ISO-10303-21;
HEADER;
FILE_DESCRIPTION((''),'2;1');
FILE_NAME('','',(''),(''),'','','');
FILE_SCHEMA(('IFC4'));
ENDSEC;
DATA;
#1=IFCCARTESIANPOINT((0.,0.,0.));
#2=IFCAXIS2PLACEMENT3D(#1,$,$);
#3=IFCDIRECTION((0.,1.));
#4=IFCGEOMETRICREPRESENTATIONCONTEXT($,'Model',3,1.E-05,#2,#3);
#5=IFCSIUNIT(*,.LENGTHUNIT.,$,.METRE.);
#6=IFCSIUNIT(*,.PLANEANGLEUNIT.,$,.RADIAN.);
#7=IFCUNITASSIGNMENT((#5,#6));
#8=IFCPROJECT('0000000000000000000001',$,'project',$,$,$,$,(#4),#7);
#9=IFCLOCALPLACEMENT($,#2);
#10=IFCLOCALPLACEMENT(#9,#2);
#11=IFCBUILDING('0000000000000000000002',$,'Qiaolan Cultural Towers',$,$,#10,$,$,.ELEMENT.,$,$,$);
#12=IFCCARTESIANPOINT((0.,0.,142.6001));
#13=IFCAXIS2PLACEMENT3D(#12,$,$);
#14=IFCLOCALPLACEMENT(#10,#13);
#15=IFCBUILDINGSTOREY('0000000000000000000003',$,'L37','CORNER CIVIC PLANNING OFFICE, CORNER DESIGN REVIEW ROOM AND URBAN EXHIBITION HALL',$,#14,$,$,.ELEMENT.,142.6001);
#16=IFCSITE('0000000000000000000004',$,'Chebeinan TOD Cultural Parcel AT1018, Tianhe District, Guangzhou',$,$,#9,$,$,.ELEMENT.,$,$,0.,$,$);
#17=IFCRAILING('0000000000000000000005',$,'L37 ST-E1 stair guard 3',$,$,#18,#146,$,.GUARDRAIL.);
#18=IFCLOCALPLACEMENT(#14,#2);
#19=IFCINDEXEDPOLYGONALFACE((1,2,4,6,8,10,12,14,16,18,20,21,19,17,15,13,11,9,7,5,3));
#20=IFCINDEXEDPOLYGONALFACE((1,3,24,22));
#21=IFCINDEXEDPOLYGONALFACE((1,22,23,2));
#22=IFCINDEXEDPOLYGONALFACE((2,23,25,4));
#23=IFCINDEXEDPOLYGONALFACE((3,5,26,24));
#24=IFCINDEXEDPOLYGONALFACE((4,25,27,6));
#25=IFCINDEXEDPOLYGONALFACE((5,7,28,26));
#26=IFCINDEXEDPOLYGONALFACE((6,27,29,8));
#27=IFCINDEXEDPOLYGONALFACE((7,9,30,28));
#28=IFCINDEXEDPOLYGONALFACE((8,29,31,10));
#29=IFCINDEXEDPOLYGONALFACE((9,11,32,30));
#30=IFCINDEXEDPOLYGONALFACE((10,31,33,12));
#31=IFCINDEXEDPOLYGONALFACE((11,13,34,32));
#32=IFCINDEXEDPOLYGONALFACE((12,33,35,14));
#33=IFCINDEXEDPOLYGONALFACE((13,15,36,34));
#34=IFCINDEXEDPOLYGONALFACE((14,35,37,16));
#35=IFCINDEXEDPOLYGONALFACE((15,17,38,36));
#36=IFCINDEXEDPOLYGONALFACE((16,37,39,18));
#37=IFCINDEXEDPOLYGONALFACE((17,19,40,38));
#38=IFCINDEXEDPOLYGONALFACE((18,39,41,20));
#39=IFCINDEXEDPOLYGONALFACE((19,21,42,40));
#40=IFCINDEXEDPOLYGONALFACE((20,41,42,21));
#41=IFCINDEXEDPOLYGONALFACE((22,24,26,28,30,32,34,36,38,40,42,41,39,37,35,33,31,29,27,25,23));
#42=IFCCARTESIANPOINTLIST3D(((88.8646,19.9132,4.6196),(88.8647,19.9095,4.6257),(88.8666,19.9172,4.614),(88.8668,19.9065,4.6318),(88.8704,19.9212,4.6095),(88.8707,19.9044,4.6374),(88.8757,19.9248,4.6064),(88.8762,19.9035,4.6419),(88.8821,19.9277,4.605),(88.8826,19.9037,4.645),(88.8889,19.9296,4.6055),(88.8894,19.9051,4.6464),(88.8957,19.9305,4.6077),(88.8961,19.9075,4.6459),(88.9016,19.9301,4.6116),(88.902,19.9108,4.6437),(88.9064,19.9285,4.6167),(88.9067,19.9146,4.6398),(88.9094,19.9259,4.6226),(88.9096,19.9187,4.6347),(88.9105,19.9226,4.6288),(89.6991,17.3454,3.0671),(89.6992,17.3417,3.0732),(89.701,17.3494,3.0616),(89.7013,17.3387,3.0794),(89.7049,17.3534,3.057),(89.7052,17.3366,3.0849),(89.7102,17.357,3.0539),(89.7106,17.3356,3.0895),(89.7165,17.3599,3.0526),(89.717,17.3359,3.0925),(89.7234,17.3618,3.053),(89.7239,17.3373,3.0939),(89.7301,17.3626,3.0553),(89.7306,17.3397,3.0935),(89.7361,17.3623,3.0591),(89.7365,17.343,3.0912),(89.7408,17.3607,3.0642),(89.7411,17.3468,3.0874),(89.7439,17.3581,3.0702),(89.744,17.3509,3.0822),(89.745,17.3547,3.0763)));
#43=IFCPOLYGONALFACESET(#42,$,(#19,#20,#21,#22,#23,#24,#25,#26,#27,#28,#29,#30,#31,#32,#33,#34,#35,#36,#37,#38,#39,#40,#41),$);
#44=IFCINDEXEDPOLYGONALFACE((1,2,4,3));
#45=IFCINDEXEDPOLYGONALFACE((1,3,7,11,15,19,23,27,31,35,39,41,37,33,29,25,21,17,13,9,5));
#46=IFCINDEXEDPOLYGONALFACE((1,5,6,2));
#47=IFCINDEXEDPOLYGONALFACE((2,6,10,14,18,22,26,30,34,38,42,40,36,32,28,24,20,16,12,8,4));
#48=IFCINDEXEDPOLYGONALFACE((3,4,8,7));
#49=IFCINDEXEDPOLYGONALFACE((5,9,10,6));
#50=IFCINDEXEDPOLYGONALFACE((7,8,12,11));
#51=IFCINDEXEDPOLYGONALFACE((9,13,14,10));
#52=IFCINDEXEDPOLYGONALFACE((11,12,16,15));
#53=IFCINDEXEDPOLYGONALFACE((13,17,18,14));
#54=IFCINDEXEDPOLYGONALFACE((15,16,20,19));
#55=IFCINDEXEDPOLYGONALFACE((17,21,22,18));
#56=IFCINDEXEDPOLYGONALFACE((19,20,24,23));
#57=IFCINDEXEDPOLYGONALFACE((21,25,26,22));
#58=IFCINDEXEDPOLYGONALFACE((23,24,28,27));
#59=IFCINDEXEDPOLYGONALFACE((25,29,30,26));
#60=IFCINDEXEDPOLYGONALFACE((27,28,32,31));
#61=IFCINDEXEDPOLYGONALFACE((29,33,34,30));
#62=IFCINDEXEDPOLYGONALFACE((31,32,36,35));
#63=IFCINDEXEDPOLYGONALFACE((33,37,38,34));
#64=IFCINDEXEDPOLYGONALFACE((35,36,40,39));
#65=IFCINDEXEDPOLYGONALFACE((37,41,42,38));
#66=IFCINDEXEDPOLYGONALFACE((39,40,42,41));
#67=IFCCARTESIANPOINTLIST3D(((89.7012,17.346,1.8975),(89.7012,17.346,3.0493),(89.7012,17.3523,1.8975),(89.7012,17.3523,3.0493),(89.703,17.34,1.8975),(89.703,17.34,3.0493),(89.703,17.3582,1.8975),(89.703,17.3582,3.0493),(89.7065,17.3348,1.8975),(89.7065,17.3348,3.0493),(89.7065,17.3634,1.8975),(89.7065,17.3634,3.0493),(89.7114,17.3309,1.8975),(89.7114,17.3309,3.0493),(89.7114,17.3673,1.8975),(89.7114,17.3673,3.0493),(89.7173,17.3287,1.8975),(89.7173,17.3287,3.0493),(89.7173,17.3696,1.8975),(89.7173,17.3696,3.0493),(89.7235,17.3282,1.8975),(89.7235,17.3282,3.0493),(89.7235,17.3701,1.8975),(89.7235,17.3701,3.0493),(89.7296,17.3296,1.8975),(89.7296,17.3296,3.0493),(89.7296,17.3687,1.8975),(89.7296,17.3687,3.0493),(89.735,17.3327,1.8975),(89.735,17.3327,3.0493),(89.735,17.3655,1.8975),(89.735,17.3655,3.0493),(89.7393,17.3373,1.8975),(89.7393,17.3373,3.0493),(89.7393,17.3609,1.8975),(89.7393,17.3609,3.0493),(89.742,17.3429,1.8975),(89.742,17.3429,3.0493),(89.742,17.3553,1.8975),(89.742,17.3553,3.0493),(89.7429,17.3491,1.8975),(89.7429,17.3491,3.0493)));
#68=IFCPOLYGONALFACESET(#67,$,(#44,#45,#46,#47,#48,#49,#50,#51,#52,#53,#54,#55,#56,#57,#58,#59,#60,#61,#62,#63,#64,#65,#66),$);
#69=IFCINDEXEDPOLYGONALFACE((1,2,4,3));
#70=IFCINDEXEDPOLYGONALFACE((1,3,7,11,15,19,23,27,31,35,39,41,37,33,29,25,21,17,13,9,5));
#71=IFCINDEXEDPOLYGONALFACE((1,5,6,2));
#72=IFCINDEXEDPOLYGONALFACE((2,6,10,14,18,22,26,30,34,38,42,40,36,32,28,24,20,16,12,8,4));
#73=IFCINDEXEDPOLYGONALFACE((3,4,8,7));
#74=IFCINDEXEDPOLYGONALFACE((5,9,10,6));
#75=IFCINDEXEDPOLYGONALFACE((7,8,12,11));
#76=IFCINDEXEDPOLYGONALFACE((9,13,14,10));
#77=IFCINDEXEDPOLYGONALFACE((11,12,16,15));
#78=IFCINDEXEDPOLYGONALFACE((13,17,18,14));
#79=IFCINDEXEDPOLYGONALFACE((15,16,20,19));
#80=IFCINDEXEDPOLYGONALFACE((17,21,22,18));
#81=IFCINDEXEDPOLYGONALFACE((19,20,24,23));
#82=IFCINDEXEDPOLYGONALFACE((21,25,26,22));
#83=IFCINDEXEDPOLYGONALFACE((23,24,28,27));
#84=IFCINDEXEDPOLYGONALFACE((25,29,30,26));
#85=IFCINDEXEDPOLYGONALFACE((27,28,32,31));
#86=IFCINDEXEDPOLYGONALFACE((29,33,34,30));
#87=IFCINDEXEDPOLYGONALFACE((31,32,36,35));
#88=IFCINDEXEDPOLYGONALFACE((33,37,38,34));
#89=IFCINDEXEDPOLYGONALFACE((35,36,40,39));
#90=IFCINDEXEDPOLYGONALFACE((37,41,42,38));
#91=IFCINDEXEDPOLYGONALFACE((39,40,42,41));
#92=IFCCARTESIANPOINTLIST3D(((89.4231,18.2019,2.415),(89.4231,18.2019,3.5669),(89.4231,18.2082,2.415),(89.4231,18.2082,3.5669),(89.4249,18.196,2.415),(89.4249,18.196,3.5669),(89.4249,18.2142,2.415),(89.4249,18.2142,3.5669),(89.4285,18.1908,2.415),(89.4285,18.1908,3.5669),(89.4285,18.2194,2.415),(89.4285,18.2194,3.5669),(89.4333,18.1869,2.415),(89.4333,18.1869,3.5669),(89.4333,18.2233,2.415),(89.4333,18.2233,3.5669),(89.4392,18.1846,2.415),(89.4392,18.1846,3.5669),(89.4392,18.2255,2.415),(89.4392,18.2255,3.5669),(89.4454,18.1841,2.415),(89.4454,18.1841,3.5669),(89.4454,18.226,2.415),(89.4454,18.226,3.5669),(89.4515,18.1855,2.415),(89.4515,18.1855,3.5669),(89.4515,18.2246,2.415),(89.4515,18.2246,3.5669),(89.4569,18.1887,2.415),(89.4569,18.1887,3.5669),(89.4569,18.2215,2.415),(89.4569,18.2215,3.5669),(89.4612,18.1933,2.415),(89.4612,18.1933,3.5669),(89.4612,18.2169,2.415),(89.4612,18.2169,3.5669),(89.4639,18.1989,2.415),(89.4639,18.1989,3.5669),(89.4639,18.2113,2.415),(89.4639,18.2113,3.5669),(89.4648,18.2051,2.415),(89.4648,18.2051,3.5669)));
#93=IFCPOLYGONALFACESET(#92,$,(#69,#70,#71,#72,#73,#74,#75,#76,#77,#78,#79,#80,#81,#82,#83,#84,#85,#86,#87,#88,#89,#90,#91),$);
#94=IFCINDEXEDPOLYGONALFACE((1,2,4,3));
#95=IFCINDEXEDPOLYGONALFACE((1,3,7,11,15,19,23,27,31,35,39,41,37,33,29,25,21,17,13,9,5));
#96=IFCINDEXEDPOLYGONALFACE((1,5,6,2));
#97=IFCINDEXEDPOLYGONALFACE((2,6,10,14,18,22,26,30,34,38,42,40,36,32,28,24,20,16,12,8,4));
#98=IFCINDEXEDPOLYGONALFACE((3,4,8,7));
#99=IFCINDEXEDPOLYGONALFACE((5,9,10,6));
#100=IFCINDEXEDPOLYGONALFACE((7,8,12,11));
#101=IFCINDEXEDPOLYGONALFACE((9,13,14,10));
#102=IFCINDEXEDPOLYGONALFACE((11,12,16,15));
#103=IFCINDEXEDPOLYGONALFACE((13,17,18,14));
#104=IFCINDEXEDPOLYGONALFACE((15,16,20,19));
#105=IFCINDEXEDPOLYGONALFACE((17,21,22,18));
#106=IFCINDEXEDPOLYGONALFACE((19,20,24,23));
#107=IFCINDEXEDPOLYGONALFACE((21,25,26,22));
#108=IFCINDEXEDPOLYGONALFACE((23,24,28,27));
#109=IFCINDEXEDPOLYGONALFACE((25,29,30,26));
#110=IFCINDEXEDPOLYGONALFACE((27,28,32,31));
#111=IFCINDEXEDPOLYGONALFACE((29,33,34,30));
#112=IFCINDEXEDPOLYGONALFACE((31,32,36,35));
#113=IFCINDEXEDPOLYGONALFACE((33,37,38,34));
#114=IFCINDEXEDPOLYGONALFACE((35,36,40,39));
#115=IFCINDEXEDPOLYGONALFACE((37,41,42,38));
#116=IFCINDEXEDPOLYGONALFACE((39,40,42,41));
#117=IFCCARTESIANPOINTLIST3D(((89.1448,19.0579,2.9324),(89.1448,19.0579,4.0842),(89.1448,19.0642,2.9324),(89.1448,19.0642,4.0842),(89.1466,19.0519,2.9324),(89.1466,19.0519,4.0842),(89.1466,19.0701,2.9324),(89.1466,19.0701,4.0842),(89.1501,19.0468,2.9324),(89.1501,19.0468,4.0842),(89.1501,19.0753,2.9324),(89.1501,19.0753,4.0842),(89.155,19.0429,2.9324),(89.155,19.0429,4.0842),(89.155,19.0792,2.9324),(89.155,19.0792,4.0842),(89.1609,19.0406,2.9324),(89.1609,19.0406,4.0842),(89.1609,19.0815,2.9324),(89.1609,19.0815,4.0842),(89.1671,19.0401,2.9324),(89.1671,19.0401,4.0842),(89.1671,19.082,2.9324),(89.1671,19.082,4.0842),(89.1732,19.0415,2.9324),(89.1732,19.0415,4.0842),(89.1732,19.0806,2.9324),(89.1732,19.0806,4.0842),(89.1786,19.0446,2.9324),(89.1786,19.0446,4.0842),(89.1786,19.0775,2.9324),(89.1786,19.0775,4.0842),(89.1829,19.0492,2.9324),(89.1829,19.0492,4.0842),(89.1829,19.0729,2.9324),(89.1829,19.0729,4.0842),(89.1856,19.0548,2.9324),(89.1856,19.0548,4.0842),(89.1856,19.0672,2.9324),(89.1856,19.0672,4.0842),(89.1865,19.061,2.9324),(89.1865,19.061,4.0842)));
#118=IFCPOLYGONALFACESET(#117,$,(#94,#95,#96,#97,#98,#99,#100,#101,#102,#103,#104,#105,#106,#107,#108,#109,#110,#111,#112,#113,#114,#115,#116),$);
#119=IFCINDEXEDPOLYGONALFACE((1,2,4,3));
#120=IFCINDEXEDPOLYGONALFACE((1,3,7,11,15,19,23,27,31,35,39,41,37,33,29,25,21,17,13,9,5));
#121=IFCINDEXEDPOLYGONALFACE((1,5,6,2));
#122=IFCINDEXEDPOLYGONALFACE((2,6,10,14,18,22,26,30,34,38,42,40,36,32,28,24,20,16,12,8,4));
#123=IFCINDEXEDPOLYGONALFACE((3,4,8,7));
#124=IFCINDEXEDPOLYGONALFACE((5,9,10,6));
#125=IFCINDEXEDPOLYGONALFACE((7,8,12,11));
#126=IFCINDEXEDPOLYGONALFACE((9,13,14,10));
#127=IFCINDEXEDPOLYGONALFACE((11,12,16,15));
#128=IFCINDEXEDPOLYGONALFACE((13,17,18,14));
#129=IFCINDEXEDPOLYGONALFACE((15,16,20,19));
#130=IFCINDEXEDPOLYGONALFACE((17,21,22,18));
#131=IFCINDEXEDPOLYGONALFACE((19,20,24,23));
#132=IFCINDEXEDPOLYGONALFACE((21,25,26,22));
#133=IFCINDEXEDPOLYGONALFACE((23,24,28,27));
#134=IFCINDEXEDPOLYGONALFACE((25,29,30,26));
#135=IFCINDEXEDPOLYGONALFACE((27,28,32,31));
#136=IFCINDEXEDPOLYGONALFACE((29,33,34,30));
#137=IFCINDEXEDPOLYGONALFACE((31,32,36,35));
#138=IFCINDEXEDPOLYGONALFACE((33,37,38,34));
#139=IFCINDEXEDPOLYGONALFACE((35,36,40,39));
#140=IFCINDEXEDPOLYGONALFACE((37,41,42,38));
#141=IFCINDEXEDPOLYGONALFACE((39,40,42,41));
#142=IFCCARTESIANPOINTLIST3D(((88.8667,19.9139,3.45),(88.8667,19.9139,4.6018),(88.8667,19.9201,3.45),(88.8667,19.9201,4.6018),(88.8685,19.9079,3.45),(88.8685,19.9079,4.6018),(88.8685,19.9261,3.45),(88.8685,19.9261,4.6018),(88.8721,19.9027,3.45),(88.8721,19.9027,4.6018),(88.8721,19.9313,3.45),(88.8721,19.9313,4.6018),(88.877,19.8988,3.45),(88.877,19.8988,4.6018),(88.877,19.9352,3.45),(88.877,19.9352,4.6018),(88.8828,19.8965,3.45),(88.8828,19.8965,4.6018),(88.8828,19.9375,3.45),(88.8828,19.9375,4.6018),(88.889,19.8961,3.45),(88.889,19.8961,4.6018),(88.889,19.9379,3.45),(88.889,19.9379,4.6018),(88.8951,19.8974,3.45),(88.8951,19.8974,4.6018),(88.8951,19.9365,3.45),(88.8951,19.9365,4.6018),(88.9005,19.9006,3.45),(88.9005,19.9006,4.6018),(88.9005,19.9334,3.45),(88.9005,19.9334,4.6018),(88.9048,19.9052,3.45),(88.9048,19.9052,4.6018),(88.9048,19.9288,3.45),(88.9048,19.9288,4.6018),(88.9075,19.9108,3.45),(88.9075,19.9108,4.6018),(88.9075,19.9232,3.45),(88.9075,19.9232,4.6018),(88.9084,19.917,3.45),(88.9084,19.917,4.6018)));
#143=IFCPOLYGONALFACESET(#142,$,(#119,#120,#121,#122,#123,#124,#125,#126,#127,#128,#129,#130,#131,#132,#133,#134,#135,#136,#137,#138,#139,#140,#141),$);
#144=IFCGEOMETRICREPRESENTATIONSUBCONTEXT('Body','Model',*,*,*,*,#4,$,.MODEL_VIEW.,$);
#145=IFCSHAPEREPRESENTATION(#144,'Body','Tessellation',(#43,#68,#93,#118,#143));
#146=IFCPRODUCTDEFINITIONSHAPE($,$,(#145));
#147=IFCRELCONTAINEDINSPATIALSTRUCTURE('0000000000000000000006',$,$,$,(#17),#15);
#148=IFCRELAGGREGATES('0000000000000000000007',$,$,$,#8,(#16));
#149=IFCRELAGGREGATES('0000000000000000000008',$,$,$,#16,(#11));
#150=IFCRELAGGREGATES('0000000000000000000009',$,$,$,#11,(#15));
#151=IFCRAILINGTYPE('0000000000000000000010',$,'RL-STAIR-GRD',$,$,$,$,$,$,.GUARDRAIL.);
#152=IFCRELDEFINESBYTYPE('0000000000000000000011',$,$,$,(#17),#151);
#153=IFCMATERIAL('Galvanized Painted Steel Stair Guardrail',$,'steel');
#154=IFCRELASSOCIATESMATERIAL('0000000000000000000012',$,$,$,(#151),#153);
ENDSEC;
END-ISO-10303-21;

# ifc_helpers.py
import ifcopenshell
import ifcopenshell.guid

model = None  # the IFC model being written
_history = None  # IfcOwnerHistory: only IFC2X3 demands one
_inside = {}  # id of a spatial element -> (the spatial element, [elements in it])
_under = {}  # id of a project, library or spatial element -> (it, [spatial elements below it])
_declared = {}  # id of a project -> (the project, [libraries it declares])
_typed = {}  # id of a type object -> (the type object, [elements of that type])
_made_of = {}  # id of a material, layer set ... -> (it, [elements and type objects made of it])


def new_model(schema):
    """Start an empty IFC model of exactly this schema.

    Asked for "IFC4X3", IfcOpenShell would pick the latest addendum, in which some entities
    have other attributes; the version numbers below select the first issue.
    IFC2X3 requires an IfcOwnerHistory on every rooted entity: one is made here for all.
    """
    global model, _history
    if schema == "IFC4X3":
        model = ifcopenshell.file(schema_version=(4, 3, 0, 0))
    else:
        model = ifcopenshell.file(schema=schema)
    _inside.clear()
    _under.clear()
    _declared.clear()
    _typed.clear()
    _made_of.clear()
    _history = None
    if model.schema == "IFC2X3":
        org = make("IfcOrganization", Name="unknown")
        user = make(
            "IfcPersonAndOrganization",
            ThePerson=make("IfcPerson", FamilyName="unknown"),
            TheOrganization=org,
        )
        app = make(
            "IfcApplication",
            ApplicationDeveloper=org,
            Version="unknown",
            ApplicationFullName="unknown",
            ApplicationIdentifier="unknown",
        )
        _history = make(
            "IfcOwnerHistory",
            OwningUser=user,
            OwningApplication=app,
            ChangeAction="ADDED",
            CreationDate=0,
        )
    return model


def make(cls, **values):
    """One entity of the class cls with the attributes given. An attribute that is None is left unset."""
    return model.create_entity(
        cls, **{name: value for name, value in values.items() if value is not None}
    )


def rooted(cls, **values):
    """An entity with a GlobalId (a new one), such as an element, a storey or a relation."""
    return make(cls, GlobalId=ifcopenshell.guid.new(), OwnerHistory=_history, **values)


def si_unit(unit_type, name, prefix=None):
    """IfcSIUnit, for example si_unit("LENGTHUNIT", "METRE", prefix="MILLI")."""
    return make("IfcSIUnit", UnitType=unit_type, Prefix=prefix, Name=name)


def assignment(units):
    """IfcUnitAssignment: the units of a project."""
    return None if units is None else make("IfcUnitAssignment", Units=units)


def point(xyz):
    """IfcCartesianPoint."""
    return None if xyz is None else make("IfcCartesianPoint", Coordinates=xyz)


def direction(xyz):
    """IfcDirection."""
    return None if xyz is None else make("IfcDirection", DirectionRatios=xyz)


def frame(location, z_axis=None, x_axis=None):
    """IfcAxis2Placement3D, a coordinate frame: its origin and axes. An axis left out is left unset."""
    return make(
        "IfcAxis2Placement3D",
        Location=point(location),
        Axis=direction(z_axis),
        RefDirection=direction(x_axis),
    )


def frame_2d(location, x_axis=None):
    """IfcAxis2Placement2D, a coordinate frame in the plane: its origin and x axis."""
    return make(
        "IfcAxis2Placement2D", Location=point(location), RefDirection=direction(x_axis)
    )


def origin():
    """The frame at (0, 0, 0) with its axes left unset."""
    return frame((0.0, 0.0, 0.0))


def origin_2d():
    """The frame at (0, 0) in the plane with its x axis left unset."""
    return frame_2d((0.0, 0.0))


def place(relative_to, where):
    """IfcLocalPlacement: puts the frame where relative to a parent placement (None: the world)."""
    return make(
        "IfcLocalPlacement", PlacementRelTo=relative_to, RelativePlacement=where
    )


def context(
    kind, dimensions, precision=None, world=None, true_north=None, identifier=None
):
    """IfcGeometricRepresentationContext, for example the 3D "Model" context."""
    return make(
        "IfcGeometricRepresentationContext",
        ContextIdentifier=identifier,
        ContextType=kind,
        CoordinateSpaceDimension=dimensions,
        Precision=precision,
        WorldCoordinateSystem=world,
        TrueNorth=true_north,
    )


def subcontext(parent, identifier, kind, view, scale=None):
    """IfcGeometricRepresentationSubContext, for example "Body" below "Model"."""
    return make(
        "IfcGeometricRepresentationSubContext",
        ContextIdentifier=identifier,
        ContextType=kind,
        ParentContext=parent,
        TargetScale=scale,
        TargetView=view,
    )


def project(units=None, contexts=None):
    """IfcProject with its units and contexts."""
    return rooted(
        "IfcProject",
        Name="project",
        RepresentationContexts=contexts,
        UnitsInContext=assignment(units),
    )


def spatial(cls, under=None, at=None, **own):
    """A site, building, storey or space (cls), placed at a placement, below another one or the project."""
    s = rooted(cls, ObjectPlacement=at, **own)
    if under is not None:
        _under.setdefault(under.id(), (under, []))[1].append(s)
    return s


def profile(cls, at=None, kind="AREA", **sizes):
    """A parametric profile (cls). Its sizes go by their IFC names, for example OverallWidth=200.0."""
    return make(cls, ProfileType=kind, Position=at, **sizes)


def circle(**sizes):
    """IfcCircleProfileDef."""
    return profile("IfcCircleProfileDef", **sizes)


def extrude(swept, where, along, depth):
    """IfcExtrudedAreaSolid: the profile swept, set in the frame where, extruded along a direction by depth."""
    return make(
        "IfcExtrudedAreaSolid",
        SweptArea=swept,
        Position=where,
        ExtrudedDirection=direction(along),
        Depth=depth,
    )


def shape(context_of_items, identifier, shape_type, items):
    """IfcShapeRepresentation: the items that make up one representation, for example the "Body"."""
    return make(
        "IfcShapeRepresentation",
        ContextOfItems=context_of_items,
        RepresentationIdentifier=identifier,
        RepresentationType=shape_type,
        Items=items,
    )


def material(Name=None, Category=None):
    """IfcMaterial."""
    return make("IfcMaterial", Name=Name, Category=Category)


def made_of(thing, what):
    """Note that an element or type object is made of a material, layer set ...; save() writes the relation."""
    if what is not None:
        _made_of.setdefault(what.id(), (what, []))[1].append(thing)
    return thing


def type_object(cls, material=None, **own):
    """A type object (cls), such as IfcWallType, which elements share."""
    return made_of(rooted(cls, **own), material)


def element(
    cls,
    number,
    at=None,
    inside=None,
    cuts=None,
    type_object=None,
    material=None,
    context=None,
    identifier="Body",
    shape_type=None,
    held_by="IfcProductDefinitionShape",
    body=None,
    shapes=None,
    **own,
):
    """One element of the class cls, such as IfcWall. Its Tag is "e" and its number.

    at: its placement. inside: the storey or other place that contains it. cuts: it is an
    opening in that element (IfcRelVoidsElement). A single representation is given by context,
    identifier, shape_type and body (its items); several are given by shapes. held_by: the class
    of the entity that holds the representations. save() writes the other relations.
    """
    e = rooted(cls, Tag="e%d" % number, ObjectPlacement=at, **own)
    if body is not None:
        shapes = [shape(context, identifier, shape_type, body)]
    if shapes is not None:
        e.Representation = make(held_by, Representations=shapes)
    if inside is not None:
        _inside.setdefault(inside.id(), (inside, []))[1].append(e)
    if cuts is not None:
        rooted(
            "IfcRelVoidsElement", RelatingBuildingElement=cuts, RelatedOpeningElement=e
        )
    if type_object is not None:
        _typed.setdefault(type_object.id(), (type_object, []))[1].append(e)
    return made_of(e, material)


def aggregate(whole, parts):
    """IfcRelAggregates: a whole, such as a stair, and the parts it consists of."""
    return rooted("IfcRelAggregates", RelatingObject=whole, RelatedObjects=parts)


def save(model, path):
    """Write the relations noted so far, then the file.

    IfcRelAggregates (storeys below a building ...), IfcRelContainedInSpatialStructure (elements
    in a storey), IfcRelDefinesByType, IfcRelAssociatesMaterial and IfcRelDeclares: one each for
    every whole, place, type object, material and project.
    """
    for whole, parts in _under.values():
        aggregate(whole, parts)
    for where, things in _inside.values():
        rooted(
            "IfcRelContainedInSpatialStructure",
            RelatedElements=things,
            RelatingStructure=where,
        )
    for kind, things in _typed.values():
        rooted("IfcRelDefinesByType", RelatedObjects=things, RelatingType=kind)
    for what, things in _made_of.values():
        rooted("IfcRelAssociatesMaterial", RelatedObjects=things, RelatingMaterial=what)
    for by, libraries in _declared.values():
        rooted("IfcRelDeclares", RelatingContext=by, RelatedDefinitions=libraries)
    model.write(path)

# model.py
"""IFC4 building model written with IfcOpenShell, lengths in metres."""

from ifc_helpers import new_model, si_unit, direction, frame, origin, origin_2d, place, context, subcontext, project, spatial, circle, extrude, material, type_object, element, save


model = new_model("IFC4")

# Units and contexts
model_context = context("Model", 3, precision=1e-05, world=origin(), true_north=direction((0.0, 1.0)))
body_context = subcontext(model_context, "Body", "Model", "MODEL_VIEW")
ifc_project = project(units=[si_unit("LENGTHUNIT", "METRE"), si_unit("PLANEANGLEUNIT", "RADIAN")], contexts=[model_context])

# Site, building, storey
site_placement = place(None, origin())
site = spatial("IfcSite", under=ifc_project, at=site_placement, Name="Chebeinan TOD Cultural Parcel AT1018, Tianhe District, Guangzhou", CompositionType="ELEMENT", RefElevation=0.0)
building_placement = place(site_placement, origin())
building = spatial("IfcBuilding", under=site, at=building_placement, Name="Qiaolan Cultural Towers", CompositionType="ELEMENT")
storey_placement = place(building_placement, frame((0.0, 0.0, 142.6001)))
storey = spatial("IfcBuildingStorey", under=building, at=storey_placement, Name="L37", Description="CORNER CIVIC PLANNING OFFICE, CORNER DESIGN REVIEW ROOM AND URBAN EXHIBITION HALL", CompositionType="ELEMENT", Elevation=142.6001)

# Railing
ifc_material_1 = material(Name="Galvanized Painted Steel Stair Guardrail", Category="steel")
railing_type_1 = type_object("IfcRailingType", Name="RL-STAIR-GRD", PredefinedType="GUARDRAIL", material=ifc_material_1)
railing_1_placement = place(storey_placement, frame((89.7219, 17.3491, 1.8975)))
element("IfcRailing", 1, at=railing_1_placement, inside=storey, type_object=railing_type_1, Name="L37 ST-E1 stair guard 3", PredefinedType="GUARDRAIL", context=body_context, shape_type="SweptSolid", body=[
    extrude(circle(Radius=0.0239, at=origin_2d()), frame((0.0, 0.0, 1.1758), z_axis=(-0.267926, 0.824471, 0.498461), x_axis=(-0.951043, -0.309057, 0.0)), (0.0, 0.0, 1.0), 3.1145),
    extrude(circle(Radius=0.021, at=origin_2d()), origin(), (0.0, 0.0, 1.0), 1.1519),
    extrude(circle(Radius=0.021, at=origin_2d()), frame((-0.2781, 0.856, 0.5176)), (0.0, 0.0, 1.0), 1.1519),
    extrude(circle(Radius=0.021, at=origin_2d()), frame((-0.5564, 1.7119, 1.0349)), (0.0, 0.0, 1.0), 1.1519),
    extrude(circle(Radius=0.021, at=origin_2d()), frame((-0.8345, 2.5679, 1.5525)), (0.0, 0.0, 1.0), 1.1519),
])

save(model, "model.ifc")
